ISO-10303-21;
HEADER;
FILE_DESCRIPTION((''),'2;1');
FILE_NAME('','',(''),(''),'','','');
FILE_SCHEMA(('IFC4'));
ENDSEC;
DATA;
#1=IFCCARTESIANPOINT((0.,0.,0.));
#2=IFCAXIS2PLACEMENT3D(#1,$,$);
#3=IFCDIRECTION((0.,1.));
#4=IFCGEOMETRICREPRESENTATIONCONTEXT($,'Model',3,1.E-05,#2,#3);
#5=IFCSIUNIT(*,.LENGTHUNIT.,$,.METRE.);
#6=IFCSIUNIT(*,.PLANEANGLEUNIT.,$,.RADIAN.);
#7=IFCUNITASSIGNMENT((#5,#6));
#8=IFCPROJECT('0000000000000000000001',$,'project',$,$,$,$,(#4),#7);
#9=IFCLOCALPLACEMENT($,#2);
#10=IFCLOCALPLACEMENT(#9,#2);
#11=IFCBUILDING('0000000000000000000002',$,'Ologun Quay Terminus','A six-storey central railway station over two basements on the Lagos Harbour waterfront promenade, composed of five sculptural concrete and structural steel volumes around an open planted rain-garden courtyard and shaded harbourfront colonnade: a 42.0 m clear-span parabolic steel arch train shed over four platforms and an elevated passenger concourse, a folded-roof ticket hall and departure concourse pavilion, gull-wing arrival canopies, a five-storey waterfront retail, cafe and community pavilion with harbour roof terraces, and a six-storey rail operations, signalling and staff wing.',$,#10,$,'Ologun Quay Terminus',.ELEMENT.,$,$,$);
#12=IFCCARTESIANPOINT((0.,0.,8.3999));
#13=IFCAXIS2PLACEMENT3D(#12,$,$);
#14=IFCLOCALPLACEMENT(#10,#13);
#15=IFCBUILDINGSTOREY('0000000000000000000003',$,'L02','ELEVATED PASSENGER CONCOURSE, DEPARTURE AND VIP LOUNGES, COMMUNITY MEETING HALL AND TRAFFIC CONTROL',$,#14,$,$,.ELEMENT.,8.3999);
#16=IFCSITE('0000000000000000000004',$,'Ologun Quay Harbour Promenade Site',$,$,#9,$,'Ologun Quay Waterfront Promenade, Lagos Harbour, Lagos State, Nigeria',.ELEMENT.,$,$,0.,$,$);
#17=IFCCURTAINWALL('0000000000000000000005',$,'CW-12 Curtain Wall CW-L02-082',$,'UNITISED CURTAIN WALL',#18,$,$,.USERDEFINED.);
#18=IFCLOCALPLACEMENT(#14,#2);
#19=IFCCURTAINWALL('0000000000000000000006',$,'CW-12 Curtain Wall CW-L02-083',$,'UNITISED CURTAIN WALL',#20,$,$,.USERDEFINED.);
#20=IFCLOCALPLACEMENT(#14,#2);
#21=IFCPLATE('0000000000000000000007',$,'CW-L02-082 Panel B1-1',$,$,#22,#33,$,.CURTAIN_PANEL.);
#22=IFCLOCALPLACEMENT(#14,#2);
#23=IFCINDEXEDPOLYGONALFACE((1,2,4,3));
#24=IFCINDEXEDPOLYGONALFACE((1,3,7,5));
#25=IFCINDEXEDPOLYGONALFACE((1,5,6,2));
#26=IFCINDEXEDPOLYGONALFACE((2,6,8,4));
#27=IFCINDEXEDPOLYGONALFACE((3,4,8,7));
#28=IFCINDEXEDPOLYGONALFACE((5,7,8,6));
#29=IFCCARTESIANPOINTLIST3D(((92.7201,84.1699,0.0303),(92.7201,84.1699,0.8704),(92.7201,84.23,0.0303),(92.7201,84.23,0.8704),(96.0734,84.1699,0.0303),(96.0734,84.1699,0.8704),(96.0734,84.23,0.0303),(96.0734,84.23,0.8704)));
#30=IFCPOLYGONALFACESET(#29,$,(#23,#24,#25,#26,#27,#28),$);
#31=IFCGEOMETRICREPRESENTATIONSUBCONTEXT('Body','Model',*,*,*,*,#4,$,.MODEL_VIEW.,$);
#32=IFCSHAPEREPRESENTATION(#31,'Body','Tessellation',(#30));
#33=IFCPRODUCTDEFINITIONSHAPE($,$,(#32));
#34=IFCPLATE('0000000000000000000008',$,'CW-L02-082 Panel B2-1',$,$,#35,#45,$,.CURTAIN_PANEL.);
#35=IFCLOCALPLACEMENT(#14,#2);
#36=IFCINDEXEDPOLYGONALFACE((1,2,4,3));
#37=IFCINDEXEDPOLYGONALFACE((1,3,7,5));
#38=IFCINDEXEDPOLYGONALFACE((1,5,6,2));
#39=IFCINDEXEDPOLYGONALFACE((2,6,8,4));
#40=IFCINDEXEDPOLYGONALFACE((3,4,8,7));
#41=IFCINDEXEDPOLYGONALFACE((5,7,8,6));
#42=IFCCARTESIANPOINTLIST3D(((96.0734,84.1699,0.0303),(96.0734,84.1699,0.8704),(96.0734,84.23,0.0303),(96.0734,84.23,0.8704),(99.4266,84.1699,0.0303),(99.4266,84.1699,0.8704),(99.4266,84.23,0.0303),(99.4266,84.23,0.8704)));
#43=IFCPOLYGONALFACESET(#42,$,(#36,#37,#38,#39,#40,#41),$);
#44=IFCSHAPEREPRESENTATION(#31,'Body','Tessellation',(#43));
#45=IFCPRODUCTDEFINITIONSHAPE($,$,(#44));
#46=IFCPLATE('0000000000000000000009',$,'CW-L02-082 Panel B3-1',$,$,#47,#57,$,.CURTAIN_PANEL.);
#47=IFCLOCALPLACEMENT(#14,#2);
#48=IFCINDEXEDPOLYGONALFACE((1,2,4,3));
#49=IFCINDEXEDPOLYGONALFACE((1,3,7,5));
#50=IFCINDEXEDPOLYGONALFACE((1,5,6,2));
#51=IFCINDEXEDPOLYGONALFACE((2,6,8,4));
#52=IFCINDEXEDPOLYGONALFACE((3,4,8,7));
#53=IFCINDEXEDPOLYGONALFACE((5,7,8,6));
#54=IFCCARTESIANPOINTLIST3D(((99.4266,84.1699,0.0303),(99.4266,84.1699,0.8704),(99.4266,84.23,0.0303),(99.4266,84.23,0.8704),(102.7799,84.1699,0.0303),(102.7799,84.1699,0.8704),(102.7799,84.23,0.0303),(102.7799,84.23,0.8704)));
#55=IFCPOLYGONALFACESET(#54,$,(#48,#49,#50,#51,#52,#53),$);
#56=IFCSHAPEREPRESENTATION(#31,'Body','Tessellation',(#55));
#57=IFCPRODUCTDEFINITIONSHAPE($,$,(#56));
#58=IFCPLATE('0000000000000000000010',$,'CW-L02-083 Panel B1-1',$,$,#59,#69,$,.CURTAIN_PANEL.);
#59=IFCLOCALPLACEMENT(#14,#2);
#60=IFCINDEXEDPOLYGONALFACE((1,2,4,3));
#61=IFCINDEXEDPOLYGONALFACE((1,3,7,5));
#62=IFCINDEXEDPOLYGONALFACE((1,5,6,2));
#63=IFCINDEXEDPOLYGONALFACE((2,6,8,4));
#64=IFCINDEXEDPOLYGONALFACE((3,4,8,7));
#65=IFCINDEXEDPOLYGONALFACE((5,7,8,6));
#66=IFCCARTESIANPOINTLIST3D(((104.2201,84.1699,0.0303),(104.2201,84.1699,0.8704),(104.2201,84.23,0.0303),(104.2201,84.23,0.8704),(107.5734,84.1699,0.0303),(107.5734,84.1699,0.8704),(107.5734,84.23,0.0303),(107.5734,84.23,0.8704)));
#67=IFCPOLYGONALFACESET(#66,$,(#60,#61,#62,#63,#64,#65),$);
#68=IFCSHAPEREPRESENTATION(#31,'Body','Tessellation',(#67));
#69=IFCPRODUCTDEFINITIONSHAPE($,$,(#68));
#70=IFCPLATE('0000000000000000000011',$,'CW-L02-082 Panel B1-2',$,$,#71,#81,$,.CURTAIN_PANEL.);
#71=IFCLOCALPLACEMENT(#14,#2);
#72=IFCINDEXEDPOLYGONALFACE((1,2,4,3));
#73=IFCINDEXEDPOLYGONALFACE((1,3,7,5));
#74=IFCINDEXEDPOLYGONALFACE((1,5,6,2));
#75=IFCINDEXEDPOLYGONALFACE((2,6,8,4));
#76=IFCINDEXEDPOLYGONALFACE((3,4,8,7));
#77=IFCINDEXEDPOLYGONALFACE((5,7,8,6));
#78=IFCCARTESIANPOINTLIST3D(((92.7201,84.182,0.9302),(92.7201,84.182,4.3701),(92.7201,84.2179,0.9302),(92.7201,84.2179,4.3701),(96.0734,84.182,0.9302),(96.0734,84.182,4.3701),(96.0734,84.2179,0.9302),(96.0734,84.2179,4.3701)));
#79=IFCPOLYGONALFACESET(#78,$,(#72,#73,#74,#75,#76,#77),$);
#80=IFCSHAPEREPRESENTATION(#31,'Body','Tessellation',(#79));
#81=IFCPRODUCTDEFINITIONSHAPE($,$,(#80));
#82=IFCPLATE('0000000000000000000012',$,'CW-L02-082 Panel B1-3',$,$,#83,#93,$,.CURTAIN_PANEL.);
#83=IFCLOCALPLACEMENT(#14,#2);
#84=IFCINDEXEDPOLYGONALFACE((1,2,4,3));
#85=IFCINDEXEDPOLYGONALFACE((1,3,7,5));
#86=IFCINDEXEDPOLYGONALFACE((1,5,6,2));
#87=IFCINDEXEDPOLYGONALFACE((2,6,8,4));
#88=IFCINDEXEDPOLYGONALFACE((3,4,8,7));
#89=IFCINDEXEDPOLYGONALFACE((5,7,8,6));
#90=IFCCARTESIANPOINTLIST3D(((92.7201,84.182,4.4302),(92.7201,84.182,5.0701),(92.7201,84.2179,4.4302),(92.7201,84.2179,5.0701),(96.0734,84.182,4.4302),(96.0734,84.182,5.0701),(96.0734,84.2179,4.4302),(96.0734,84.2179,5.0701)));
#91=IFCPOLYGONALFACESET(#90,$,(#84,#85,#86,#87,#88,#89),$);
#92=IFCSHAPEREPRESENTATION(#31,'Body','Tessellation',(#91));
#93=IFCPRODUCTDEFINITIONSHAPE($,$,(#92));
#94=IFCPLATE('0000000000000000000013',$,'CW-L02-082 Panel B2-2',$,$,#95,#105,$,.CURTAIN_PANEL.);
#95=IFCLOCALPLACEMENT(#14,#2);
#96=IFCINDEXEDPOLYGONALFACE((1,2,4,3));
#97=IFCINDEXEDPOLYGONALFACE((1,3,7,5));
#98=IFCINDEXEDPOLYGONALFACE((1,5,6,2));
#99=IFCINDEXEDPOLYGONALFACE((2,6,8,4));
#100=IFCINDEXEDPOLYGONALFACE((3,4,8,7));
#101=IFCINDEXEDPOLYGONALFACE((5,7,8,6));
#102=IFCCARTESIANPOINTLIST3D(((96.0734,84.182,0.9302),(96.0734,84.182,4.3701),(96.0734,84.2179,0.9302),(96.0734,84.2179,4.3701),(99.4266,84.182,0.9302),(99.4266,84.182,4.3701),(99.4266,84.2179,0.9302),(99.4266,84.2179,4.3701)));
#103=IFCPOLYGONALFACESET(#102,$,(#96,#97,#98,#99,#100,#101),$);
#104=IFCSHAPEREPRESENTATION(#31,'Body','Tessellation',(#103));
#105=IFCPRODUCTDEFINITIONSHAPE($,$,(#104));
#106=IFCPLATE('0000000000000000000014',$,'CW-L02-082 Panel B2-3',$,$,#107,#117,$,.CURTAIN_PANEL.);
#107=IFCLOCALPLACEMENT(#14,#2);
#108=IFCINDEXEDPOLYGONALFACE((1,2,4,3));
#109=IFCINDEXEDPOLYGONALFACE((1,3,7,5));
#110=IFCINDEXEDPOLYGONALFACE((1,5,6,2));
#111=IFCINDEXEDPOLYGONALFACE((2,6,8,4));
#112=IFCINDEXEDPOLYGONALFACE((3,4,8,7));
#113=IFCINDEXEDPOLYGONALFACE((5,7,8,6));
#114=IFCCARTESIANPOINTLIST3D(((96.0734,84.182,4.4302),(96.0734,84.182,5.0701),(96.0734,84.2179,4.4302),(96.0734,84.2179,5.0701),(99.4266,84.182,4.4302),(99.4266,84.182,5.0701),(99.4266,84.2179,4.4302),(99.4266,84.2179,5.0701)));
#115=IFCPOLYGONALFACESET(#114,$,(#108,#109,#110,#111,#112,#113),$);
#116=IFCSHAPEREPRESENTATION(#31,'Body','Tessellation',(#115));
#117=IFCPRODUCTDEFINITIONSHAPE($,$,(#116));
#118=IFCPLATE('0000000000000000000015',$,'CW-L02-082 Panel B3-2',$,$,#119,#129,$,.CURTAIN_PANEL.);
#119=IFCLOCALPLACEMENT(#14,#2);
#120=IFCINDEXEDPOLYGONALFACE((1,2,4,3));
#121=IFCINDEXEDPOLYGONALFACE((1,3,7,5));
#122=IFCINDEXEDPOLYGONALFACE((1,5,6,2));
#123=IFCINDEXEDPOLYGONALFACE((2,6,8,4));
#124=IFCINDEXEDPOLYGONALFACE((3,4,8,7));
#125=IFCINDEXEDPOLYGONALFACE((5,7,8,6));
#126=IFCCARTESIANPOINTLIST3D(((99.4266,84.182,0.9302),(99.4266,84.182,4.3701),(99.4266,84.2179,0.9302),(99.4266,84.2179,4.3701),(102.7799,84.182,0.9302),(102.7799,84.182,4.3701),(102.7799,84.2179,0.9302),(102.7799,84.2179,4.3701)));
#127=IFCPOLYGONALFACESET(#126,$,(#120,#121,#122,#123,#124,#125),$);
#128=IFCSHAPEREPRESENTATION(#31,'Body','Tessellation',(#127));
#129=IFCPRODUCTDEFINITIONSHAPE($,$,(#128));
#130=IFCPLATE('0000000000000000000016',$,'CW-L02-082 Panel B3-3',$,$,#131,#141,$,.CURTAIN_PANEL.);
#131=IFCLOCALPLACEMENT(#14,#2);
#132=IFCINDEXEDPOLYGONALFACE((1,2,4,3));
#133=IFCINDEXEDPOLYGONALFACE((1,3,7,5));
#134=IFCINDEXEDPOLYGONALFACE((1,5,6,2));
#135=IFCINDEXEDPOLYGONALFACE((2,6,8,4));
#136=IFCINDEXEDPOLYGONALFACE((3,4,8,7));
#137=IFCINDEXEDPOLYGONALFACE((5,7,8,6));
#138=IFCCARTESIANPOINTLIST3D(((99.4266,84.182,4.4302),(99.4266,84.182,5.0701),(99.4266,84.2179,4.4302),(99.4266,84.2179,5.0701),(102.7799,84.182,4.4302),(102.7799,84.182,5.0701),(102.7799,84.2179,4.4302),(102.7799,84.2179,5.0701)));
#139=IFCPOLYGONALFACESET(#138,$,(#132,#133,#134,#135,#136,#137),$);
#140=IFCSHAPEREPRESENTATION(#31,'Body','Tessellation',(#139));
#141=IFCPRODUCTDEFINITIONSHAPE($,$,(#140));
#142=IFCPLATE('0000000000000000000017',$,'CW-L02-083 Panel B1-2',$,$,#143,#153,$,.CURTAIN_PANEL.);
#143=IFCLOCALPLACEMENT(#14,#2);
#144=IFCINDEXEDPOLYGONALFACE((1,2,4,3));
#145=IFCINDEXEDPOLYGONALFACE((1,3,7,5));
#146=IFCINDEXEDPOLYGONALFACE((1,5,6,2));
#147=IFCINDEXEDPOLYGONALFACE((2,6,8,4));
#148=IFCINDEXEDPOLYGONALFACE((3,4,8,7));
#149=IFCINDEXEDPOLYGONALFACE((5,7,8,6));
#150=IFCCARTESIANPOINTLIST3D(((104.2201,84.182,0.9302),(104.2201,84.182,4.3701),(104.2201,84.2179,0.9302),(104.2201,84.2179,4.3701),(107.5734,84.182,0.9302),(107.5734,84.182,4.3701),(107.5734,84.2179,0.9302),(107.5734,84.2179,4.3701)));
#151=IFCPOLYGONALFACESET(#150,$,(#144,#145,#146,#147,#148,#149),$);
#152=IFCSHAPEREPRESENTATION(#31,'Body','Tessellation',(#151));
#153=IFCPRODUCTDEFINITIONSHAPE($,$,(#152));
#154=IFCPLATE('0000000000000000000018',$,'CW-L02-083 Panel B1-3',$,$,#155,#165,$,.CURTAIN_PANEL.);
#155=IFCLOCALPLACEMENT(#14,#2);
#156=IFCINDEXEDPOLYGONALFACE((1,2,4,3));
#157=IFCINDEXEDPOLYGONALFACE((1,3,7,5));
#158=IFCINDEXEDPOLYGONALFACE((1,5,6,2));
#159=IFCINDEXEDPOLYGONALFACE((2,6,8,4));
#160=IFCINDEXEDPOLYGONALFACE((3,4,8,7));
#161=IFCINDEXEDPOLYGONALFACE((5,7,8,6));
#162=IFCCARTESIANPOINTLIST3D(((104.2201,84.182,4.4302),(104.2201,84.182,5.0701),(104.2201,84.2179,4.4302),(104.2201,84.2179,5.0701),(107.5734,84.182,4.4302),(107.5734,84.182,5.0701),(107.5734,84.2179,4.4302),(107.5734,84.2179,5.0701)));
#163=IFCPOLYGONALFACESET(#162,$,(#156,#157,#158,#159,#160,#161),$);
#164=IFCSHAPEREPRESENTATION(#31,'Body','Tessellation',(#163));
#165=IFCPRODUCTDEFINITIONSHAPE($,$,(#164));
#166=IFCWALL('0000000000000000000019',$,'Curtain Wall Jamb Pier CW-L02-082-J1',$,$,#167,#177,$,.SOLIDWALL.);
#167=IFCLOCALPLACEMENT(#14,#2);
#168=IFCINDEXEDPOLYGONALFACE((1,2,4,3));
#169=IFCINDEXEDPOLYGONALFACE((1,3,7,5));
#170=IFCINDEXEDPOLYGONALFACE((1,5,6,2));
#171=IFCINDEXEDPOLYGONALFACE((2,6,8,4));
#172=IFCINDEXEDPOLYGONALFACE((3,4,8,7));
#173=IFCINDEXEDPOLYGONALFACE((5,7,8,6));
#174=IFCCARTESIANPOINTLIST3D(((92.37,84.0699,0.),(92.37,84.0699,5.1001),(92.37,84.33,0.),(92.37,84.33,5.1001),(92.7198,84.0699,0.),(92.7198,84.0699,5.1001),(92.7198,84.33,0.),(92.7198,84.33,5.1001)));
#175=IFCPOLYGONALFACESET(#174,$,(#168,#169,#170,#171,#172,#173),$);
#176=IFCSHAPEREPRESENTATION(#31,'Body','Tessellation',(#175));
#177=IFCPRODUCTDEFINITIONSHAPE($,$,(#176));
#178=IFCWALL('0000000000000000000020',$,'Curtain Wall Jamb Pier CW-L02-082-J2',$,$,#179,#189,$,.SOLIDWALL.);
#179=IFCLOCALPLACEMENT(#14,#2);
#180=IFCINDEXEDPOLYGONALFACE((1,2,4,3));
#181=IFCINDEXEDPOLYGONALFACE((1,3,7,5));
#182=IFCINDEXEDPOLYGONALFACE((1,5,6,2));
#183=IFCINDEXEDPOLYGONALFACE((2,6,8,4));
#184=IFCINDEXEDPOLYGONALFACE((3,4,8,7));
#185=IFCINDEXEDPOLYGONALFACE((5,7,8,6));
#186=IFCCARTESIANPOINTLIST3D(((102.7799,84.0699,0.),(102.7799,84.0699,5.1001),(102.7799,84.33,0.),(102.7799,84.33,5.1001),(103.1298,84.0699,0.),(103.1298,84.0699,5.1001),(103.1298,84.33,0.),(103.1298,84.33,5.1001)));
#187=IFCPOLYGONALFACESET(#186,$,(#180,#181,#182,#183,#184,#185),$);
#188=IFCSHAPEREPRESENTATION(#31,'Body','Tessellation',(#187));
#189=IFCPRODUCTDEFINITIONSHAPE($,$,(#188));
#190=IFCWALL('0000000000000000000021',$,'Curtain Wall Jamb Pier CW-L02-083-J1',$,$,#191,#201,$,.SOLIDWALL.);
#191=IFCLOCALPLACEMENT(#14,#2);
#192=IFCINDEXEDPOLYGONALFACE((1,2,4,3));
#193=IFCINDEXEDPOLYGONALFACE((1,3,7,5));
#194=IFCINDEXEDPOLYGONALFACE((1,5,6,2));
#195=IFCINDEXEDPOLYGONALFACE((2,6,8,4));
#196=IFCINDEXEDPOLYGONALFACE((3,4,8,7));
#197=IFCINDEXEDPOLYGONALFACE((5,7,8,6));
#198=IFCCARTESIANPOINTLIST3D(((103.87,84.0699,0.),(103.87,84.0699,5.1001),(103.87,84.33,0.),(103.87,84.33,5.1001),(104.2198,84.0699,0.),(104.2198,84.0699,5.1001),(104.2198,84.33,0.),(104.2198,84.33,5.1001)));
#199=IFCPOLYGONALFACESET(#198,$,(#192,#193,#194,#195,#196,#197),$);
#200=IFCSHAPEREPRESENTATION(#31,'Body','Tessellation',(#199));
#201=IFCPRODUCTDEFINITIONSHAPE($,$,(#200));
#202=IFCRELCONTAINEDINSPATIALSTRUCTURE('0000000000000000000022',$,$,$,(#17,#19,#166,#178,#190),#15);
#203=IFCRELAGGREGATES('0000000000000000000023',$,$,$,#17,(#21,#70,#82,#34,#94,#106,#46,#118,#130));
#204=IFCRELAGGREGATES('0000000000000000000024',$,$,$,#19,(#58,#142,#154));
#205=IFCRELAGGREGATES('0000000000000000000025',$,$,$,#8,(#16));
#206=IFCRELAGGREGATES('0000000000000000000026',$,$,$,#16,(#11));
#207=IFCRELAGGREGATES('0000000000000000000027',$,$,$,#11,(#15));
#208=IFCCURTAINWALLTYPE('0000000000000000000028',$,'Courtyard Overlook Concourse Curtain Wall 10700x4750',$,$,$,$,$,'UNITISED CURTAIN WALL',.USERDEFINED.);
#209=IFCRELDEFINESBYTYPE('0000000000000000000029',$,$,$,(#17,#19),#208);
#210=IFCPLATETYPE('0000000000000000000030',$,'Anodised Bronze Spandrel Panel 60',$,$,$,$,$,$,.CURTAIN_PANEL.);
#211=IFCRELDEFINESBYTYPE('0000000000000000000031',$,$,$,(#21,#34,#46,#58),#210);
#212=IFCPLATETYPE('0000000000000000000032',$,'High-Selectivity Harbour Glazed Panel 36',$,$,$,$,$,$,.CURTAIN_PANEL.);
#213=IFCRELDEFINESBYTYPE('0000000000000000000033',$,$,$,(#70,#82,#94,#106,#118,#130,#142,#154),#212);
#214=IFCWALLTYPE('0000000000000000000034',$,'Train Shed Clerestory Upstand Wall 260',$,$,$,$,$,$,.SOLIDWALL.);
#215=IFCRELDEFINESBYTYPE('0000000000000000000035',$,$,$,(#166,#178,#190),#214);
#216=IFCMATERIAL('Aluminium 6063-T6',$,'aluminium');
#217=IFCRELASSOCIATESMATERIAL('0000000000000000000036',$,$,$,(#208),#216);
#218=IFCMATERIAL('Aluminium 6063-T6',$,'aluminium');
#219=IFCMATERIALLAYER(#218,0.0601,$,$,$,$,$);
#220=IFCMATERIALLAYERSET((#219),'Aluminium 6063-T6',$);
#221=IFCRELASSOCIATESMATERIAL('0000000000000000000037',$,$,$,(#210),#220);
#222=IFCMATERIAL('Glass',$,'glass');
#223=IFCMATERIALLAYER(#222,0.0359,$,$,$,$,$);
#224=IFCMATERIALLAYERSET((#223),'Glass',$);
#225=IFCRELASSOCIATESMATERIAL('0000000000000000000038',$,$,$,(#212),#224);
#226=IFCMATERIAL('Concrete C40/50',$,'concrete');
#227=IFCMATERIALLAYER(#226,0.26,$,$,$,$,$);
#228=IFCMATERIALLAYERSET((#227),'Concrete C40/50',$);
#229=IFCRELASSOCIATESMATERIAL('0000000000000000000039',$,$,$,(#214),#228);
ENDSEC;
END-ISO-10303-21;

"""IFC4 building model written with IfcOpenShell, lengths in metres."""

from ifc_helpers import new_model, si_unit, direction, frame, frame_2d, origin, origin_2d, place, context, subcontext, project, spatial, rectangle, extrude, material, layer, layer_set, type_object, element, aggregate, save


model = new_model("IFC4")

# Units and contexts
model_context = context("Model", 3, precision=1e-05, world=origin(), true_north=direction((0.0, 1.0)))
body_context = subcontext(model_context, "Body", "Model", "MODEL_VIEW")
ifc_project = project(units=[si_unit("LENGTHUNIT", "METRE"), si_unit("PLANEANGLEUNIT", "RADIAN")], contexts=[model_context])

# Site, building, storey
site_placement = place(None, origin())
site = spatial("IfcSite", under=ifc_project, at=site_placement, Name="Ologun Quay Harbour Promenade Site", LongName="Ologun Quay Waterfront Promenade, Lagos Harbour, Lagos State, Nigeria", CompositionType="ELEMENT", RefElevation=0.0)
building_placement = place(site_placement, origin())
building = spatial("IfcBuilding", under=site, at=building_placement, Name="Ologun Quay Terminus", Description="A six-storey central railway station over two basements on the Lagos Harbour waterfront promenade, composed of five sculptural concrete and structural steel volumes around an open planted rain-garden courtyard and shaded harbourfront colonnade: a 42.0 m clear-span parabolic steel arch train shed over four platforms and an elevated passenger concourse, a folded-roof ticket hall and departure concourse pavilion, gull-wing arrival canopies, a five-storey waterfront retail, cafe and community pavilion with harbour roof terraces, and a six-storey rail operations, signalling and staff wing.", LongName="Ologun Quay Terminus", CompositionType="ELEMENT")
storey_placement = place(building_placement, frame((0.0, 0.0, 8.3999)))
storey = spatial("IfcBuildingStorey", under=building, at=storey_placement, Name="L02", Description="ELEVATED PASSENGER CONCOURSE, DEPARTURE AND VIP LOUNGES, COMMUNITY MEETING HALL AND TRAFFIC CONTROL", CompositionType="ELEMENT", Elevation=8.3999)

# Curtain walls
ifc_material_1 = material(Name="Aluminium 6063-T6", Category="aluminium")
curtain_wall_type_1 = type_object("IfcCurtainWallType", Name="Courtyard Overlook Concourse Curtain Wall 10700x4750", ElementType="UNITISED CURTAIN WALL", PredefinedType="USERDEFINED", material=ifc_material_1)
curtain_wall_1_placement = place(storey_placement, origin())
curtain_wall_1 = element("IfcCurtainWall", 1, at=curtain_wall_1_placement, inside=storey, type_object=curtain_wall_type_1, Name="CW-12 Curtain Wall CW-L02-082", ObjectType="UNITISED CURTAIN WALL", PredefinedType="USERDEFINED")
curtain_wall_2_placement = place(storey_placement, origin())
curtain_wall_2 = element("IfcCurtainWall", 2, at=curtain_wall_2_placement, inside=storey, type_object=curtain_wall_type_1, Name="CW-12 Curtain Wall CW-L02-083", ObjectType="UNITISED CURTAIN WALL", PredefinedType="USERDEFINED")

# Plates
ifc_material_2 = material(Name="Aluminium 6063-T6", Category="aluminium")
ifc_layer_1 = layer(ifc_material_2, 0.0601)
ifc_layer_set_1 = layer_set([ifc_layer_1], Name="Aluminium 6063-T6")
plate_type_1 = type_object("IfcPlateType", Name="Anodised Bronze Spandrel Panel 60", PredefinedType="CURTAIN_PANEL", material=ifc_layer_set_1)
plate_1_placement = place(storey_placement, frame((94.3967, 84.2, 0.0303), z_axis=(0.0, 0.0, 1.0), x_axis=(1.0, 0.0, 0.0)))
plate_1 = element("IfcPlate", 3, at=plate_1_placement, type_object=plate_type_1, Name="CW-L02-082 Panel B1-1", PredefinedType="CURTAIN_PANEL", context=body_context, shape_type="SweptSolid", body=[
    extrude(rectangle(XDim=3.3533, YDim=0.0601, at=origin_2d()), origin(), (0.0, 0.0, 1.0), 0.8401),
])
plate_2_placement = place(storey_placement, frame((97.75, 84.2, 0.0303), z_axis=(0.0, 0.0, 1.0), x_axis=(1.0, 0.0, 0.0)))
plate_2 = element("IfcPlate", 4, at=plate_2_placement, type_object=plate_type_1, Name="CW-L02-082 Panel B2-1", PredefinedType="CURTAIN_PANEL", context=body_context, shape_type="SweptSolid", body=[
    extrude(rectangle(XDim=3.3533, YDim=0.0601, at=origin_2d()), origin(), (0.0, 0.0, 1.0), 0.8401),
])
plate_3_placement = place(storey_placement, frame((101.1033, 84.2, 0.0303), z_axis=(0.0, 0.0, 1.0), x_axis=(1.0, 0.0, 0.0)))
plate_3 = element("IfcPlate", 5, at=plate_3_placement, type_object=plate_type_1, Name="CW-L02-082 Panel B3-1", PredefinedType="CURTAIN_PANEL", context=body_context, shape_type="SweptSolid", body=[
    extrude(rectangle(XDim=3.3533, YDim=0.0601, at=origin_2d()), origin(), (0.0, 0.0, 1.0), 0.8401),
])
plate_4_placement = place(storey_placement, frame((105.8967, 84.2, 0.0303), z_axis=(0.0, 0.0, 1.0), x_axis=(1.0, 0.0, 0.0)))
plate_4 = element("IfcPlate", 6, at=plate_4_placement, type_object=plate_type_1, Name="CW-L02-083 Panel B1-1", PredefinedType="CURTAIN_PANEL", context=body_context, shape_type="SweptSolid", body=[
    extrude(rectangle(XDim=3.3533, YDim=0.0601, at=origin_2d()), origin(), (0.0, 0.0, 1.0), 0.8401),
])
ifc_material_3 = material(Name="Glass", Category="glass")
ifc_layer_2 = layer(ifc_material_3, 0.0359)
ifc_layer_set_2 = layer_set([ifc_layer_2], Name="Glass")
plate_type_2 = type_object("IfcPlateType", Name="High-Selectivity Harbour Glazed Panel 36", PredefinedType="CURTAIN_PANEL", material=ifc_layer_set_2)
plate_5_placement = place(storey_placement, frame((94.3967, 84.2, 0.9302), z_axis=(0.0, 0.0, 1.0), x_axis=(1.0, 0.0, 0.0)))
plate_5 = element("IfcPlate", 7, at=plate_5_placement, type_object=plate_type_2, Name="CW-L02-082 Panel B1-2", PredefinedType="CURTAIN_PANEL", context=body_context, shape_type="SweptSolid", body=[
    extrude(rectangle(XDim=3.3533, YDim=0.0359, at=origin_2d()), origin(), (0.0, 0.0, 1.0), 3.4399),
])
plate_6_placement = place(storey_placement, frame((94.3967, 84.2, 4.4302), z_axis=(0.0, 0.0, 1.0), x_axis=(1.0, 0.0, 0.0)))
plate_6 = element("IfcPlate", 8, at=plate_6_placement, type_object=plate_type_2, Name="CW-L02-082 Panel B1-3", PredefinedType="CURTAIN_PANEL", context=body_context, shape_type="SweptSolid", body=[
    extrude(rectangle(XDim=3.3533, YDim=0.0359, at=origin_2d()), origin(), (0.0, 0.0, 1.0), 0.6399),
])
plate_7_placement = place(storey_placement, frame((97.75, 84.2, 0.9302), z_axis=(0.0, 0.0, 1.0), x_axis=(1.0, 0.0, 0.0)))
plate_7 = element("IfcPlate", 9, at=plate_7_placement, type_object=plate_type_2, Name="CW-L02-082 Panel B2-2", PredefinedType="CURTAIN_PANEL", context=body_context, shape_type="SweptSolid", body=[
    extrude(rectangle(XDim=3.3533, YDim=0.0359, at=origin_2d()), origin(), (0.0, 0.0, 1.0), 3.4399),
])
plate_8_placement = place(storey_placement, frame((97.75, 84.2, 4.4302), z_axis=(0.0, 0.0, 1.0), x_axis=(1.0, 0.0, 0.0)))
plate_8 = element("IfcPlate", 10, at=plate_8_placement, type_object=plate_type_2, Name="CW-L02-082 Panel B2-3", PredefinedType="CURTAIN_PANEL", context=body_context, shape_type="SweptSolid", body=[
    extrude(rectangle(XDim=3.3533, YDim=0.0359, at=origin_2d()), origin(), (0.0, 0.0, 1.0), 0.6399),
])
plate_9_placement = place(storey_placement, frame((101.1033, 84.2, 0.9302), z_axis=(0.0, 0.0, 1.0), x_axis=(1.0, 0.0, 0.0)))
plate_9 = element("IfcPlate", 11, at=plate_9_placement, type_object=plate_type_2, Name="CW-L02-082 Panel B3-2", PredefinedType="CURTAIN_PANEL", context=body_context, shape_type="SweptSolid", body=[
    extrude(rectangle(XDim=3.3533, YDim=0.0359, at=origin_2d()), origin(), (0.0, 0.0, 1.0), 3.4399),
])
plate_10_placement = place(storey_placement, frame((101.1033, 84.2, 4.4302), z_axis=(0.0, 0.0, 1.0), x_axis=(1.0, 0.0, 0.0)))
plate_10 = element("IfcPlate", 12, at=plate_10_placement, type_object=plate_type_2, Name="CW-L02-082 Panel B3-3", PredefinedType="CURTAIN_PANEL", context=body_context, shape_type="SweptSolid", body=[
    extrude(rectangle(XDim=3.3533, YDim=0.0359, at=origin_2d()), origin(), (0.0, 0.0, 1.0), 0.6399),
])
aggregate(curtain_wall_1, [plate_1, plate_5, plate_6, plate_2, plate_7, plate_8, plate_3, plate_9, plate_10])
plate_11_placement = place(storey_placement, frame((105.8967, 84.2, 0.9302), z_axis=(0.0, 0.0, 1.0), x_axis=(1.0, 0.0, 0.0)))
plate_11 = element("IfcPlate", 13, at=plate_11_placement, type_object=plate_type_2, Name="CW-L02-083 Panel B1-2", PredefinedType="CURTAIN_PANEL", context=body_context, shape_type="SweptSolid", body=[
    extrude(rectangle(XDim=3.3533, YDim=0.0359, at=origin_2d()), origin(), (0.0, 0.0, 1.0), 3.4399),
])
plate_12_placement = place(storey_placement, frame((105.8967, 84.2, 4.4302), z_axis=(0.0, 0.0, 1.0), x_axis=(1.0, 0.0, 0.0)))
plate_12 = element("IfcPlate", 14, at=plate_12_placement, type_object=plate_type_2, Name="CW-L02-083 Panel B1-3", PredefinedType="CURTAIN_PANEL", context=body_context, shape_type="SweptSolid", body=[
    extrude(rectangle(XDim=3.3533, YDim=0.0359, at=origin_2d()), origin(), (0.0, 0.0, 1.0), 0.6399),
])
aggregate(curtain_wall_2, [plate_4, plate_11, plate_12])

# Walls
ifc_material_4 = material(Name="Concrete C40/50", Category="concrete")
ifc_layer_3 = layer(ifc_material_4, 0.26)
ifc_layer_set_3 = layer_set([ifc_layer_3], Name="Concrete C40/50")
wall_type = type_object("IfcWallType", Name="Train Shed Clerestory Upstand Wall 260", PredefinedType="SOLIDWALL", material=ifc_layer_set_3)
for number, where, z_axis, x_axis, name in (
    (15, (92.3701, 84.2, 0.0), (0.0, 0.0, 1.0), (1.0, 0.0, 0.0), "Curtain Wall Jamb Pier CW-L02-082-J1"),
    (16, (102.78, 84.2, 0.0), (0.0, 0.0, 1.0), (1.0, 0.0, 0.0), "Curtain Wall Jamb Pier CW-L02-082-J2"),
    (17, (103.8701, 84.2, 0.0), (0.0, 0.0, 1.0), (1.0, 0.0, 0.0), "Curtain Wall Jamb Pier CW-L02-083-J1"),
):
    element("IfcWall", number, at=place(storey_placement, frame(where, z_axis=z_axis, x_axis=x_axis)), inside=storey, type_object=wall_type, Name=name, PredefinedType="SOLIDWALL", context=body_context, shape_type="SweptSolid", body=[
        extrude(rectangle(XDim=0.3499, YDim=0.26, at=frame_2d((0.1748, 0.0))), origin(), (0.0, 0.0, 1.0), 5.1001),
    ])

save(model, "model.ifc")
